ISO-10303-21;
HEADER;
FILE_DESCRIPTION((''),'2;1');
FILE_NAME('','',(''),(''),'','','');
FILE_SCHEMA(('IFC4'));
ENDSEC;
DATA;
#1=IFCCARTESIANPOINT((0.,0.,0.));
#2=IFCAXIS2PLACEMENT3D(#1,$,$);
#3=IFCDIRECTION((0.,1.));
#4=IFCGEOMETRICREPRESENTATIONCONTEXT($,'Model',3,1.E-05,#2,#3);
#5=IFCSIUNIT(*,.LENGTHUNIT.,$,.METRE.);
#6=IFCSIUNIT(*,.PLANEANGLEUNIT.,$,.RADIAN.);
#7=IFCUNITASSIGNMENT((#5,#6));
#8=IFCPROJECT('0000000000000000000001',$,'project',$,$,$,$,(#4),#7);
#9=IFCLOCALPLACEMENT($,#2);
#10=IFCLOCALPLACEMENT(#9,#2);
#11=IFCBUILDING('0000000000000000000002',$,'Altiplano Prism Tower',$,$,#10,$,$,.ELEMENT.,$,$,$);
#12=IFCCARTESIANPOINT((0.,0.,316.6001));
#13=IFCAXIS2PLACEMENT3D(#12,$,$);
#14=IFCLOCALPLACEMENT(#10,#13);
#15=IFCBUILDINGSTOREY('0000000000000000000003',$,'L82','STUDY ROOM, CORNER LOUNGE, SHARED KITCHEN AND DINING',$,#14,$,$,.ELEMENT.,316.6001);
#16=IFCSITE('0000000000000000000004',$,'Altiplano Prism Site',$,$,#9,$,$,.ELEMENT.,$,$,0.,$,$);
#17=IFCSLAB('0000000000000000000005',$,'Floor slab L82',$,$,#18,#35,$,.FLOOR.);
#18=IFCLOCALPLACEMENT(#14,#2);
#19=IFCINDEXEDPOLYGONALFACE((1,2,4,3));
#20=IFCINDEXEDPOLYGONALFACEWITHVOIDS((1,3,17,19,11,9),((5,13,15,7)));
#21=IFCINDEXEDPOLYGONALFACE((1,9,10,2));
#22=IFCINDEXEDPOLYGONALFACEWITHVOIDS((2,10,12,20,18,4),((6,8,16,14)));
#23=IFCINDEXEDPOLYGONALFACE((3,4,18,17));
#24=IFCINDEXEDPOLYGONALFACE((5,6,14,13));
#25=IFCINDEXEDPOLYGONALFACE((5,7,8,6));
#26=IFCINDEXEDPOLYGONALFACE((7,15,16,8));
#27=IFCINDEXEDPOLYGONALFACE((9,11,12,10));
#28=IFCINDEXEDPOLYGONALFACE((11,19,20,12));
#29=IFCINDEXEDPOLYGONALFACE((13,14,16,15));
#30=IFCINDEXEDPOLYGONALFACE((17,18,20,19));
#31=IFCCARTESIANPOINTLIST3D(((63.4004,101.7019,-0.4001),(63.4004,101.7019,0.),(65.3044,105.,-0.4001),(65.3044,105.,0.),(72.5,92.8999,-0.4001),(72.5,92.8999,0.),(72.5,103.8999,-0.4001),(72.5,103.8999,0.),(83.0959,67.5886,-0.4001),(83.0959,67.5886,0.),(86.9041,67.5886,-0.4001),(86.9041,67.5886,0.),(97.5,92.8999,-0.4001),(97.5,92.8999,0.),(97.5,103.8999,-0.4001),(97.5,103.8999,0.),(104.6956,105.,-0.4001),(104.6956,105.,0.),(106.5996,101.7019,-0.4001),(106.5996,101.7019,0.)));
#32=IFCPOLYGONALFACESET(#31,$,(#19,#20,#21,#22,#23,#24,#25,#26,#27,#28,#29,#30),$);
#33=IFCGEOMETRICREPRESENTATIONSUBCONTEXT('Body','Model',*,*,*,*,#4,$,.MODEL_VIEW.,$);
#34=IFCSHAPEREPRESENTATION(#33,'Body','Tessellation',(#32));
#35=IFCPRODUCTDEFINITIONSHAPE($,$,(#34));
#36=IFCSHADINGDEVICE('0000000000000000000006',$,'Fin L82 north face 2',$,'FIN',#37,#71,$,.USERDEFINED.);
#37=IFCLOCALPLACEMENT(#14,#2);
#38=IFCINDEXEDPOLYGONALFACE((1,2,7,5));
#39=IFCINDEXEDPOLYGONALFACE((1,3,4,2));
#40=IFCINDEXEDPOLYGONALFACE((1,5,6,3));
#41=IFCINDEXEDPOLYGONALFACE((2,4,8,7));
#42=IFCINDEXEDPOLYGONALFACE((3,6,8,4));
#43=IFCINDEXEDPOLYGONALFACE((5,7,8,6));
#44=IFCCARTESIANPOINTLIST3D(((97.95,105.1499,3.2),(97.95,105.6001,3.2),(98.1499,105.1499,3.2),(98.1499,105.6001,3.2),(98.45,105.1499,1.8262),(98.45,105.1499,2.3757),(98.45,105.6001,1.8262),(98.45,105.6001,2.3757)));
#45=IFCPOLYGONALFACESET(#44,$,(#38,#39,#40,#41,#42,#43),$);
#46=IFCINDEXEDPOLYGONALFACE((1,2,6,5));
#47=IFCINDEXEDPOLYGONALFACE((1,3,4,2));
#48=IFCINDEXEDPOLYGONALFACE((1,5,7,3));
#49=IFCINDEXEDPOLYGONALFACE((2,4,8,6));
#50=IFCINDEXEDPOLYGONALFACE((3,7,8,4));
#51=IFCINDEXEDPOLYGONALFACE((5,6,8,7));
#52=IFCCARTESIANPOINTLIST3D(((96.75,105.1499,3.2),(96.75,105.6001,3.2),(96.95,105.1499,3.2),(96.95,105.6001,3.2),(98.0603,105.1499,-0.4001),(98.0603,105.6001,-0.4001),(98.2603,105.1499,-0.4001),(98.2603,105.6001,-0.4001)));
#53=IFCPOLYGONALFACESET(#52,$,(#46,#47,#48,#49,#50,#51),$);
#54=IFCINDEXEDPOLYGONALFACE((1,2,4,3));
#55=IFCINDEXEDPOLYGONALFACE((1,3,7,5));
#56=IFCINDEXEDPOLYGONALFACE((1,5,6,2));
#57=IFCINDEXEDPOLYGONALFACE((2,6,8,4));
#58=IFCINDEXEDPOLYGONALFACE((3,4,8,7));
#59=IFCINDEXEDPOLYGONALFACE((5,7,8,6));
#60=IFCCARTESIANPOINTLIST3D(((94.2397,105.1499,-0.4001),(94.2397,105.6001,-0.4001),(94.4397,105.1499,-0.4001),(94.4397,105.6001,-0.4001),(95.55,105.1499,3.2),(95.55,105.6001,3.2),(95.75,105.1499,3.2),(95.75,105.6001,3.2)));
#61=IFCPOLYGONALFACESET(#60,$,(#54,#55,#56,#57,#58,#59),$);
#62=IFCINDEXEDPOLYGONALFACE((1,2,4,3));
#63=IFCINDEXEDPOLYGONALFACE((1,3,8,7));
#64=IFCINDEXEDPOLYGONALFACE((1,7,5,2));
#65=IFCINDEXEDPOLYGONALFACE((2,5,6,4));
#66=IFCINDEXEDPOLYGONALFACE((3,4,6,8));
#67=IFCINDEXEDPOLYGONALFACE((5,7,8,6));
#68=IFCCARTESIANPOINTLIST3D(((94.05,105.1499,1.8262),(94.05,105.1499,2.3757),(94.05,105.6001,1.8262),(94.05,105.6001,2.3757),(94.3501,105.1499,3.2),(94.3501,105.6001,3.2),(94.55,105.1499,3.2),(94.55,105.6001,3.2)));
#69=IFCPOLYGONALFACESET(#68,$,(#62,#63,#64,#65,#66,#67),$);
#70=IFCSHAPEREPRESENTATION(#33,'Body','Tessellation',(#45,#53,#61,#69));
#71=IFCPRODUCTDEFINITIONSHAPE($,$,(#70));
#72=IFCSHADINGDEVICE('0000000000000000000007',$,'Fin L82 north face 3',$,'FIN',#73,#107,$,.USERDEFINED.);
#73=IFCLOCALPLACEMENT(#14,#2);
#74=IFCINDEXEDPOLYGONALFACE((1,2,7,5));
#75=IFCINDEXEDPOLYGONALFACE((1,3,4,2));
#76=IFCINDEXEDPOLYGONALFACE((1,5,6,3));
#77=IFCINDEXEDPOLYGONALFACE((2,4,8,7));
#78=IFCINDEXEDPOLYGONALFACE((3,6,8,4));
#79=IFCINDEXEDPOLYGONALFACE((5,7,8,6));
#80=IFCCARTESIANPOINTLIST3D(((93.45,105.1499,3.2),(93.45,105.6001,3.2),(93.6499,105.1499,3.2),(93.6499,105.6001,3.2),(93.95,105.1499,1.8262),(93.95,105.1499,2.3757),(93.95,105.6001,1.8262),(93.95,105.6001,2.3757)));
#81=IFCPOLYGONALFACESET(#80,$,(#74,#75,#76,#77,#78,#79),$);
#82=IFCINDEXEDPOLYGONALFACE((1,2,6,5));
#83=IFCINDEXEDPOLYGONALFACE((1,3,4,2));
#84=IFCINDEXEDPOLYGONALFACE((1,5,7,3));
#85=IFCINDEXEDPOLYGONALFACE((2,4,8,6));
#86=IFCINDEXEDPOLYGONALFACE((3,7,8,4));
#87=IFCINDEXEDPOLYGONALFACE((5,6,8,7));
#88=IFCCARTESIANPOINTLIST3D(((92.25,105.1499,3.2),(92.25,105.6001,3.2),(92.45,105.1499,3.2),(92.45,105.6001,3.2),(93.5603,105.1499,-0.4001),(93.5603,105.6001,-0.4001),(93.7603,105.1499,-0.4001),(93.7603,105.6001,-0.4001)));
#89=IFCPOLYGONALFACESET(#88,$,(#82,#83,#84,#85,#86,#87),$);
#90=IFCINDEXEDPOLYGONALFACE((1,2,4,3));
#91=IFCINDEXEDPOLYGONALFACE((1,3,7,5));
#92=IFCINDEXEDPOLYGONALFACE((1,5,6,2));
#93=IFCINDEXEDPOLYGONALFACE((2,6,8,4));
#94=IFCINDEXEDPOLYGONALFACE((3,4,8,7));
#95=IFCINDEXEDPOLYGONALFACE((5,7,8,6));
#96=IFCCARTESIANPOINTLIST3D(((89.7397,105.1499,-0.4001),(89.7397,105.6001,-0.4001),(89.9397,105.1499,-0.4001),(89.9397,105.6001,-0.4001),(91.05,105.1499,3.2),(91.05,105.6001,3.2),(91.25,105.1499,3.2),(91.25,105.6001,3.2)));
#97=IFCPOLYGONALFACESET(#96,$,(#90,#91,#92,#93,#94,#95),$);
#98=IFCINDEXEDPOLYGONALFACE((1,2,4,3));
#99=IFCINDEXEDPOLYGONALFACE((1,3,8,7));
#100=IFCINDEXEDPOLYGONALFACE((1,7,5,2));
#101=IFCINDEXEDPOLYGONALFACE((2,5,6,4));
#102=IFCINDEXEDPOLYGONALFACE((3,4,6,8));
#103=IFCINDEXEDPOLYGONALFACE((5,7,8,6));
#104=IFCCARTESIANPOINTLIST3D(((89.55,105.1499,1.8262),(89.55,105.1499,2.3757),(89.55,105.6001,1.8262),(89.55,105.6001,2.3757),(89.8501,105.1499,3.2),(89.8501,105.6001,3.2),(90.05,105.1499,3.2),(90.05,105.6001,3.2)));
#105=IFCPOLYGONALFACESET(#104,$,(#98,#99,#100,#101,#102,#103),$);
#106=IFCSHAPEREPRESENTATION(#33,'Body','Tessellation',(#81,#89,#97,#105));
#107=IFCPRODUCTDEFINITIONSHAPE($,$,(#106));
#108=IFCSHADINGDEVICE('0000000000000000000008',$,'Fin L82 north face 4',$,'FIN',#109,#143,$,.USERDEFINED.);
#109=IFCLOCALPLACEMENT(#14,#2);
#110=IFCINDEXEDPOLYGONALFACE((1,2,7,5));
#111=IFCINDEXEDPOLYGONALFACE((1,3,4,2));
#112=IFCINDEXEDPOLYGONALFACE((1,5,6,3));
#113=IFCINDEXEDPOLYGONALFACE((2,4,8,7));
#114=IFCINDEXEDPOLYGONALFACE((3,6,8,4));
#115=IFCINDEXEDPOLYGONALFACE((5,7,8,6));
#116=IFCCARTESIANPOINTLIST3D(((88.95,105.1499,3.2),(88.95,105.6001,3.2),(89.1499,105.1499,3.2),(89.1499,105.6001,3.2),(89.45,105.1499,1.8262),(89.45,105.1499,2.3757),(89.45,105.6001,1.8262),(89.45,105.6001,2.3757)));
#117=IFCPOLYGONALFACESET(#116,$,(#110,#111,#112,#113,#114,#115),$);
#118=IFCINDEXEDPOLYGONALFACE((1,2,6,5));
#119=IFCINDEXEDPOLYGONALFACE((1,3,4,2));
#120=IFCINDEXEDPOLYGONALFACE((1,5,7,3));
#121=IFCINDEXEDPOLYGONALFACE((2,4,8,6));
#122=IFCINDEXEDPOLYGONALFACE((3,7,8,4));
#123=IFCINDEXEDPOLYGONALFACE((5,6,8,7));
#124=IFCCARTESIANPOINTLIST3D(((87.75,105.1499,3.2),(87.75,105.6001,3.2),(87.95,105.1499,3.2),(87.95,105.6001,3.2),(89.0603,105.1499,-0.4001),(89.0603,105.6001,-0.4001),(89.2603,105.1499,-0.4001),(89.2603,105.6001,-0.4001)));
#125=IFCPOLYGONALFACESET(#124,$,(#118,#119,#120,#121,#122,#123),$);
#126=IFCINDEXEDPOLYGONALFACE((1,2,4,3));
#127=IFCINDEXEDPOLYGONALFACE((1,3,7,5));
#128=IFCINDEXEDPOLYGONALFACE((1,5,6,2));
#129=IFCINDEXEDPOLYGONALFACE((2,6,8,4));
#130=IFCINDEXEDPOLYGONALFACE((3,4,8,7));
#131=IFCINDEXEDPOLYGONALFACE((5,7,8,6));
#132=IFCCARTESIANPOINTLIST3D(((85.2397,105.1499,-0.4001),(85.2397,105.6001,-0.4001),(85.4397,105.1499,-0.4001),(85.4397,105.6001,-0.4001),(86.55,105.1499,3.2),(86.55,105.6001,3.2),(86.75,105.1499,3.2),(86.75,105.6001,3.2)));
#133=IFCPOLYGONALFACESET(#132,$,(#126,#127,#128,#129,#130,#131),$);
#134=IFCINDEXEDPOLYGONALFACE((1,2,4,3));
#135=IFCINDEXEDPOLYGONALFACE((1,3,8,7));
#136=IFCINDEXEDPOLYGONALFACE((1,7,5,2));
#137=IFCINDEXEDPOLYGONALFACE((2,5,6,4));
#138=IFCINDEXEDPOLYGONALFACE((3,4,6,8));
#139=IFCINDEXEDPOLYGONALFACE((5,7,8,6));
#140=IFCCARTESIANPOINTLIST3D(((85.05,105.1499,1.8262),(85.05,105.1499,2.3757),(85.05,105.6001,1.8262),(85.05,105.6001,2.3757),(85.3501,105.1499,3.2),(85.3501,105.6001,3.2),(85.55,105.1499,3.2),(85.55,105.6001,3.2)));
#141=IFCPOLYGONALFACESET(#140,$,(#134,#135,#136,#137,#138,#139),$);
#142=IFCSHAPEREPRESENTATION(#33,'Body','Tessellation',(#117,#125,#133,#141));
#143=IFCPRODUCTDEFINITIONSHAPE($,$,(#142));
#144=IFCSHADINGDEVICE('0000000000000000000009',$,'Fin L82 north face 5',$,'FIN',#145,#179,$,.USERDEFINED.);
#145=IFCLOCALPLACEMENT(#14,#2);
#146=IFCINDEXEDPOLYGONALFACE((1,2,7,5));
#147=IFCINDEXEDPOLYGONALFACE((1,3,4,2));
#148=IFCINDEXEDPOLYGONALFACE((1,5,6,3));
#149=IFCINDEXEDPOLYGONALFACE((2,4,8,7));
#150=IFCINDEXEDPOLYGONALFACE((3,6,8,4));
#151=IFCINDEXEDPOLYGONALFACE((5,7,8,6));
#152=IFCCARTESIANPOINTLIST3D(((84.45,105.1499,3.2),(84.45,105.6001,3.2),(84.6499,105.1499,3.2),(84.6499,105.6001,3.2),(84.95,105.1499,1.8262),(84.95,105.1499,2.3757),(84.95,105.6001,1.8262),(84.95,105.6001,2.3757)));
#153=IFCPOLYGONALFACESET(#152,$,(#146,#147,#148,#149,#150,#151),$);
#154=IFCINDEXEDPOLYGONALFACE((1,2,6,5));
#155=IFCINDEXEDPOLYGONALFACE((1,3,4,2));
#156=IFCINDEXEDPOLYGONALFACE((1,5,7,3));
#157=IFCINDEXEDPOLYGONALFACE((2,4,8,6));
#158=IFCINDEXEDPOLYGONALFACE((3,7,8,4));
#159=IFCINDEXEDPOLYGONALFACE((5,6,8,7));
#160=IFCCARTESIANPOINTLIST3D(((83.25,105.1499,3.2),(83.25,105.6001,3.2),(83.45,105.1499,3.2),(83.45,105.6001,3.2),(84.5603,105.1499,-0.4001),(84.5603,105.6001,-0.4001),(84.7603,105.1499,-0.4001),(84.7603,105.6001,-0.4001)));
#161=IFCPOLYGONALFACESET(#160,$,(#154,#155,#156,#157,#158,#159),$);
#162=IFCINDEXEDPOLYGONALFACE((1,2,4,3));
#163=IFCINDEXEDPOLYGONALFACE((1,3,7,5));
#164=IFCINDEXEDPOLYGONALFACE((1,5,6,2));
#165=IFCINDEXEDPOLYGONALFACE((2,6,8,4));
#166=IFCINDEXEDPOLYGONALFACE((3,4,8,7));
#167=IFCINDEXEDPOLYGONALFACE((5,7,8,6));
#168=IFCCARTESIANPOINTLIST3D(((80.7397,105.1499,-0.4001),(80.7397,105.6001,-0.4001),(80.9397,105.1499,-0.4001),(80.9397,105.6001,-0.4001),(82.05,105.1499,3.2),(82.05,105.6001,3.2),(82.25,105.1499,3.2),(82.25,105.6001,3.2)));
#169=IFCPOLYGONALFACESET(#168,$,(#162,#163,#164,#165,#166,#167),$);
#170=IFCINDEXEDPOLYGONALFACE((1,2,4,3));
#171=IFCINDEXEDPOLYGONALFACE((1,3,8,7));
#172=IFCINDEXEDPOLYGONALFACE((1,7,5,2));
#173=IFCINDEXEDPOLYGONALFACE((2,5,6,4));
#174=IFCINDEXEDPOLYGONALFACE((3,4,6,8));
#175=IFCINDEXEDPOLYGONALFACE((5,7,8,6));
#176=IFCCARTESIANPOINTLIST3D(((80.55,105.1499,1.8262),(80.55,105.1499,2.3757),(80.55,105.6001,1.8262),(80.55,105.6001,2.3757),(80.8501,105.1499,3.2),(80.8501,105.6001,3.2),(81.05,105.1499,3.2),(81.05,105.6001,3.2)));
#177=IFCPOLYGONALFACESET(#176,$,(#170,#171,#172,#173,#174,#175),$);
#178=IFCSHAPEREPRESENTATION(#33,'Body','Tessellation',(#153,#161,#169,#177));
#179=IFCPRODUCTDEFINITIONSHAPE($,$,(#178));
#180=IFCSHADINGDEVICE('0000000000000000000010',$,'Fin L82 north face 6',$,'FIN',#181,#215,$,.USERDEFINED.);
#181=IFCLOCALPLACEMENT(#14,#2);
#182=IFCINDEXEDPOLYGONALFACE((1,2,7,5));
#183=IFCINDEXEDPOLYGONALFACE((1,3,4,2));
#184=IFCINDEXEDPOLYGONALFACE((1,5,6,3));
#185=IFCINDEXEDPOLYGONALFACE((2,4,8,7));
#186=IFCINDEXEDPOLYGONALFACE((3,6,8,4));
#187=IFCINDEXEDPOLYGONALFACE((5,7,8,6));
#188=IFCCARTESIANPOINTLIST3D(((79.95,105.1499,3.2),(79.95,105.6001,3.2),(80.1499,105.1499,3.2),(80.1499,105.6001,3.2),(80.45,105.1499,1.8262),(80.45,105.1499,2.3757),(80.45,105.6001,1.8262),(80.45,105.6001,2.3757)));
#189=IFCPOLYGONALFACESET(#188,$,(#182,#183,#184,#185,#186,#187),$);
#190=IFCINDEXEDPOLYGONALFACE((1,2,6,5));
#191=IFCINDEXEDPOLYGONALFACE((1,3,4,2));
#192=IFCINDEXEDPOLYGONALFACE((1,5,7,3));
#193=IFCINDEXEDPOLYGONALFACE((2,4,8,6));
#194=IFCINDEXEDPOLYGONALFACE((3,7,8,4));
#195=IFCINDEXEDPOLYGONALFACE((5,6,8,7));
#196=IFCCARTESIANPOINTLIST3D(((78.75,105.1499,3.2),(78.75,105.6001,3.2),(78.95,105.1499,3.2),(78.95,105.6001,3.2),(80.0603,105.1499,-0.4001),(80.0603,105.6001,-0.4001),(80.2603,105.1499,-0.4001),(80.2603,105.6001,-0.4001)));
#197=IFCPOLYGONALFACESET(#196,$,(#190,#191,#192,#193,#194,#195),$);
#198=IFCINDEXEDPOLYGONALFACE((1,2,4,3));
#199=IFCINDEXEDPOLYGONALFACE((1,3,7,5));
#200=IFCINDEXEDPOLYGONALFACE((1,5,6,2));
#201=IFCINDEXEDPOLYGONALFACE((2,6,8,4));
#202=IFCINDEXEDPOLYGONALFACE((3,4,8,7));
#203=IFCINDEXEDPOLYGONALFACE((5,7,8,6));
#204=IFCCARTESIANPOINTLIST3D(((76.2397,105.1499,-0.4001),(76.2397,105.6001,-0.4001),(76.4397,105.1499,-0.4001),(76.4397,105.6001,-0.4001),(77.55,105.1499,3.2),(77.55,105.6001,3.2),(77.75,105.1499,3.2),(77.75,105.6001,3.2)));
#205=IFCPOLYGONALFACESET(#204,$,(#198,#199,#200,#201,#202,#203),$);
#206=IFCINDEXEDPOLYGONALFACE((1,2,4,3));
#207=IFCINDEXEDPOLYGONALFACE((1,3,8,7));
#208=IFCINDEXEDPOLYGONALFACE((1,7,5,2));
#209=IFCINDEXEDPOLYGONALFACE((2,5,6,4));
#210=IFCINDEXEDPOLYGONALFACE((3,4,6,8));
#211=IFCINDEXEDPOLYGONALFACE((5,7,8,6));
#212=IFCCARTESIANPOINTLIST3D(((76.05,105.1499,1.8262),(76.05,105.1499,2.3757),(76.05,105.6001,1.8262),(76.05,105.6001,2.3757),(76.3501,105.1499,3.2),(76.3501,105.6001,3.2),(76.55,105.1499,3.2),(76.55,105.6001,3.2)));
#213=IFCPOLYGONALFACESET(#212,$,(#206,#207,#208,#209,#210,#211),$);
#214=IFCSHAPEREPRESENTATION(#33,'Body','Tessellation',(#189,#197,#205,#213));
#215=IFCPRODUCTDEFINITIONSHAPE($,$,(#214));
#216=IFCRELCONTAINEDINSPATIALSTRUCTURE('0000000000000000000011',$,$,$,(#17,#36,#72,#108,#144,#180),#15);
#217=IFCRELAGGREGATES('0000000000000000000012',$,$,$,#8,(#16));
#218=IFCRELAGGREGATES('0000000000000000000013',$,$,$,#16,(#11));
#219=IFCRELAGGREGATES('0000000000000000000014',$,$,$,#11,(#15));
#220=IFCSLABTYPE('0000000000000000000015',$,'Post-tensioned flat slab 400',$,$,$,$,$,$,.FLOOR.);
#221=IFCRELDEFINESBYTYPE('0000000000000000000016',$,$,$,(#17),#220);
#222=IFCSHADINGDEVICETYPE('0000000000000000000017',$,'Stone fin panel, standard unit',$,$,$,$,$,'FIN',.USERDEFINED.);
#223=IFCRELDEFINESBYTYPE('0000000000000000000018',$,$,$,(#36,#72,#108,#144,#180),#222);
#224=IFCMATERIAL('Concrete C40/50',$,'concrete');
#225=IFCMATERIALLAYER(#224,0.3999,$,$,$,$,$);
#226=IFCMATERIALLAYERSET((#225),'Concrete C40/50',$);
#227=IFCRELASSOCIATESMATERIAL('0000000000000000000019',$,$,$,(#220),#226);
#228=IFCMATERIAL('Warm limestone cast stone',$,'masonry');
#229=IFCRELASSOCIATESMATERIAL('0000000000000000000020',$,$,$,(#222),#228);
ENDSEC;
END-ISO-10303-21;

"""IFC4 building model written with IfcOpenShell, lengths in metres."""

from ifc_helpers import new_model, si_unit, direction, frame, origin, place, context, subcontext, project, spatial, polyline, outline, extrude, source, transform, mapped, material, layer, layer_set, type_object, element, save


model = new_model("IFC4")

# Units and contexts
model_context = context("Model", 3, precision=1e-05, world=origin(), true_north=direction((0.0, 1.0)))
body_context = subcontext(model_context, "Body", "Model", "MODEL_VIEW")
ifc_project = project(units=[si_unit("LENGTHUNIT", "METRE"), si_unit("PLANEANGLEUNIT", "RADIAN")], contexts=[model_context])

# Site, building, storey
site_placement = place(None, origin())
site = spatial("IfcSite", under=ifc_project, at=site_placement, Name="Altiplano Prism Site", CompositionType="ELEMENT", RefElevation=0.0)
building_placement = place(site_placement, origin())
building = spatial("IfcBuilding", under=site, at=building_placement, Name="Altiplano Prism Tower", CompositionType="ELEMENT")
storey_placement = place(building_placement, frame((0.0, 0.0, 316.6001)))
storey = spatial("IfcBuildingStorey", under=building, at=storey_placement, Name="L82", Description="STUDY ROOM, CORNER LOUNGE, SHARED KITCHEN AND DINING", CompositionType="ELEMENT", Elevation=316.6001)

# Slab
ifc_material_1 = material(Name="Concrete C40/50", Category="concrete")
ifc_layer = layer(ifc_material_1, 0.3999)
ifc_layer_set = layer_set([ifc_layer], Name="Concrete C40/50")
slab_type = type_object("IfcSlabType", Name="Post-tensioned flat slab 400", PredefinedType="FLOOR", material=ifc_layer_set)
slab_placement = place(storey_placement, frame((0.0, 0.0, -0.4001)))
element("IfcSlab", 1, at=slab_placement, inside=storey, type_object=slab_type, Name="Floor slab L82", PredefinedType="FLOOR", context=body_context, shape_type="SweptSolid", body=[
    extrude(outline(polyline([(106.5996, 101.7019), (86.9041, 67.5886), (83.0959, 67.5886), (63.4004, 101.7019), (65.3044, 105.0), (104.6956, 105.0), (106.5996, 101.7019)]), holes=[polyline([(97.5, 92.8999), (97.5, 103.8999), (72.5, 103.8999), (72.5, 92.8999), (97.5, 92.8999)])]), origin(), (0.0, 0.0, 1.0), 0.4001),
])

# Shading devices
ifc_material_2 = material(Name="Warm limestone cast stone", Category="masonry")
shading_device_type_1 = type_object("IfcShadingDeviceType", Name="Stone fin panel, standard unit", ElementType="FIN", PredefinedType="USERDEFINED", material=ifc_material_2)
shared_shape_1 = source(origin(), body_context, "Body", "SweptSolid", [
    extrude(outline(polyline([(-2.2, 2.2263), (-1.7, 3.6001), (-1.8999, 3.6001), (-2.2, 2.7759), (-2.2, 2.2263)])), frame((0.0, -0.1499, 0.0), z_axis=(0.0, -1.0, 0.0), x_axis=(1.0, 0.0, 0.0)), (0.0, 0.0, 1.0), 0.4502),
    extrude(outline(polyline([(-2.0103, 0.0), (-1.8103, 0.0), (-0.5, 3.6001), (-0.7, 3.6001), (-2.0103, 0.0)])), frame((0.0, -0.1499, 0.0), z_axis=(0.0, -1.0, 0.0), x_axis=(1.0, 0.0, 0.0)), (0.0, 0.0, 1.0), 0.4502),
    extrude(outline(polyline([(1.8103, 0.0), (2.0103, 0.0), (0.7, 3.6001), (0.5, 3.6001), (1.8103, 0.0)])), frame((0.0, -0.1499, 0.0), z_axis=(0.0, -1.0, 0.0), x_axis=(1.0, 0.0, 0.0)), (0.0, 0.0, 1.0), 0.4502),
    extrude(outline(polyline([(2.2, 2.7759), (1.8999, 3.6001), (1.7, 3.6001), (2.2, 2.2263), (2.2, 2.7759)])), frame((0.0, -0.1499, 0.0), z_axis=(0.0, -1.0, 0.0), x_axis=(1.0, 0.0, 0.0)), (0.0, 0.0, 1.0), 0.4502),
])
shading_device_1_placement = place(storey_placement, origin())
element("IfcShadingDevice", 2, at=shading_device_1_placement, inside=storey, type_object=shading_device_type_1, Name="Fin L82 north face 2", ObjectType="FIN", PredefinedType="USERDEFINED", context=body_context, shape_type="MappedRepresentation", body=[
    mapped(shared_shape_1, transform((96.25, 105.0, -0.4001), x_axis=(-1.0, 0.0, 0.0), y_axis=(0.0, -1.0, 0.0), z_axis=(0.0, 0.0, 1.0))),
])
shading_device_2_placement = place(storey_placement, origin())
element("IfcShadingDevice", 3, at=shading_device_2_placement, inside=storey, type_object=shading_device_type_1, Name="Fin L82 north face 3", ObjectType="FIN", PredefinedType="USERDEFINED", context=body_context, shape_type="MappedRepresentation", body=[
    mapped(shared_shape_1, transform((91.75, 105.0, -0.4001), x_axis=(-1.0, 0.0, 0.0), y_axis=(0.0, -1.0, 0.0), z_axis=(0.0, 0.0, 1.0))),
])
shading_device_3_placement = place(storey_placement, origin())
element("IfcShadingDevice", 4, at=shading_device_3_placement, inside=storey, type_object=shading_device_type_1, Name="Fin L82 north face 4", ObjectType="FIN", PredefinedType="USERDEFINED", context=body_context, shape_type="MappedRepresentation", body=[
    mapped(shared_shape_1, transform((87.25, 105.0, -0.4001), x_axis=(-1.0, 0.0, 0.0), y_axis=(0.0, -1.0, 0.0), z_axis=(0.0, 0.0, 1.0))),
])
shading_device_4_placement = place(storey_placement, origin())
element("IfcShadingDevice", 5, at=shading_device_4_placement, inside=storey, type_object=shading_device_type_1, Name="Fin L82 north face 5", ObjectType="FIN", PredefinedType="USERDEFINED", context=body_context, shape_type="MappedRepresentation", body=[
    mapped(shared_shape_1, transform((82.75, 105.0, -0.4001), x_axis=(-1.0, 0.0, 0.0), y_axis=(0.0, -1.0, 0.0), z_axis=(0.0, 0.0, 1.0))),
])
shading_device_5_placement = place(storey_placement, origin())
element("IfcShadingDevice", 6, at=shading_device_5_placement, inside=storey, type_object=shading_device_type_1, Name="Fin L82 north face 6", ObjectType="FIN", PredefinedType="USERDEFINED", context=body_context, shape_type="MappedRepresentation", body=[
    mapped(shared_shape_1, transform((78.25, 105.0, -0.4001), x_axis=(-1.0, 0.0, 0.0), y_axis=(0.0, -1.0, 0.0), z_axis=(0.0, 0.0, 1.0))),
])

save(model, "model.ifc")
